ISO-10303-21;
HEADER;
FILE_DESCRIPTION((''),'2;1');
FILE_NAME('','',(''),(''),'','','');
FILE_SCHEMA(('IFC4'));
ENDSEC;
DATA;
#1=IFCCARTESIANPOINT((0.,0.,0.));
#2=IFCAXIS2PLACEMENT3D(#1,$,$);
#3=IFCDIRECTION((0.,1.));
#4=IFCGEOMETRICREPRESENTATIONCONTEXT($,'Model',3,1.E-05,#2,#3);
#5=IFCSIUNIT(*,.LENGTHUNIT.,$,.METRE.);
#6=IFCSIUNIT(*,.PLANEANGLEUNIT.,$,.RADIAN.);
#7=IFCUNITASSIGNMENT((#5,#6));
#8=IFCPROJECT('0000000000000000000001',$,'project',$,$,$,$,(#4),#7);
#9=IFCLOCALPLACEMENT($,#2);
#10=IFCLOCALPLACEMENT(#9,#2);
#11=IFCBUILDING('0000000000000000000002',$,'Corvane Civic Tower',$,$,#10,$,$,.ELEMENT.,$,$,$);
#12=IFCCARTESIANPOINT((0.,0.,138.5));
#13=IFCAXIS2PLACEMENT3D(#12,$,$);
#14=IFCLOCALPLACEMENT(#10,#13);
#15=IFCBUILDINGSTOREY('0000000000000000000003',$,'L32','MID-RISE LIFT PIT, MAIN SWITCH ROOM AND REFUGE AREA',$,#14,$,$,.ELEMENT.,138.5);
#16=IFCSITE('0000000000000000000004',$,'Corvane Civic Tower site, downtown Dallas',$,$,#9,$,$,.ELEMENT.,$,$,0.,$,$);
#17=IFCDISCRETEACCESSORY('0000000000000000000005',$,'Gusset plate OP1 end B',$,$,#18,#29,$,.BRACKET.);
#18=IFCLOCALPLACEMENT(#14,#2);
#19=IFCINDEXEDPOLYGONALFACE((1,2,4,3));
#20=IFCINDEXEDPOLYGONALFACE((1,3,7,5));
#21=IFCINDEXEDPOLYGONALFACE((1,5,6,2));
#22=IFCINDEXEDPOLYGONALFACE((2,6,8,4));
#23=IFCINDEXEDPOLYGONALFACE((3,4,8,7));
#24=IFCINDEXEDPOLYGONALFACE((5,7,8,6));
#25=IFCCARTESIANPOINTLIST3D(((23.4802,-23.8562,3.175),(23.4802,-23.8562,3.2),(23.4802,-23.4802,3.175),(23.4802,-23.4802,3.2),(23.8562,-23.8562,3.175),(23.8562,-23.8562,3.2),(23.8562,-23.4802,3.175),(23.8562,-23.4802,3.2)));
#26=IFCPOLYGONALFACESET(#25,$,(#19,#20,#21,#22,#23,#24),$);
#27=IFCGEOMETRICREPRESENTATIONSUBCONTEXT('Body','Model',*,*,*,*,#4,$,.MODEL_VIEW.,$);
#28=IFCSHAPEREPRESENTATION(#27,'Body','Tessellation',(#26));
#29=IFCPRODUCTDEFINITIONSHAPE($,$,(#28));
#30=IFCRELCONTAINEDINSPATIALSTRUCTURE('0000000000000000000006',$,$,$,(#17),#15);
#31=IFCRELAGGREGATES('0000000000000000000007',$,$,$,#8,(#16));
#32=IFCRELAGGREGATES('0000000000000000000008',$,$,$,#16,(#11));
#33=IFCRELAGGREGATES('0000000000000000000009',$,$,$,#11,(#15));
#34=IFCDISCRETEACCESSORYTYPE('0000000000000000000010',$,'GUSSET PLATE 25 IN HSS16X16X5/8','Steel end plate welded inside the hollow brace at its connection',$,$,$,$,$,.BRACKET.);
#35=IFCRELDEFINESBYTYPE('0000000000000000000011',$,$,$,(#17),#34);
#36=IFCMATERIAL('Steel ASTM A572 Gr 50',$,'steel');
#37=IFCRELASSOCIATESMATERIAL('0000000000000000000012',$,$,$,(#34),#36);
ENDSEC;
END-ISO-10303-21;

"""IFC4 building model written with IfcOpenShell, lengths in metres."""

from ifc_helpers import new_model, si_unit, direction, frame, origin, origin_2d, place, context, subcontext, project, spatial, rectangle, extrude, material, material_profile, profile_set, type_object, element, save


model = new_model("IFC4")

# Units and contexts
model_context = context("Model", 3, precision=1e-05, world=origin(), true_north=direction((0.0, 1.0)))
body_context = subcontext(model_context, "Body", "Model", "MODEL_VIEW")
ifc_project = project(units=[si_unit("LENGTHUNIT", "METRE"), si_unit("PLANEANGLEUNIT", "RADIAN")], contexts=[model_context])

# Site, building, storey
site_placement = place(None, origin())
site = spatial("IfcSite", under=ifc_project, at=site_placement, Name="Corvane Civic Tower site, downtown Dallas", CompositionType="ELEMENT", RefElevation=0.0)
building_placement = place(site_placement, origin())
building = spatial("IfcBuilding", under=site, at=building_placement, Name="Corvane Civic Tower", CompositionType="ELEMENT")
storey_placement = place(building_placement, frame((0.0, 0.0, 138.5)))
storey = spatial("IfcBuildingStorey", under=building, at=storey_placement, Name="L32", Description="MID-RISE LIFT PIT, MAIN SWITCH ROOM AND REFUGE AREA", CompositionType="ELEMENT", Elevation=138.5)

# Discrete accessory
ifc_material_1 = material(Name="Steel ASTM A572 Gr 50", Category="steel")
ifc_material_profile_1 = material_profile(ifc_material_1, rectangle(XDim=0.376, YDim=0.376, at=origin_2d()), Name="GUSSET PLATE 25 IN HSS16X16X5/8")
ifc_profile_set_1 = profile_set([ifc_material_profile_1], Name="Steel ASTM A572 Gr 50")
discrete_accessory_type_1 = type_object("IfcDiscreteAccessoryType", Name="GUSSET PLATE 25 IN HSS16X16X5/8", Description="Steel end plate welded inside the hollow brace at its connection", PredefinedType="BRACKET", material=ifc_profile_set_1)
discrete_accessory_1_placement = place(storey_placement, frame((23.6682, -23.6682, 3.2), z_axis=(0.0, 0.0, -1.0), x_axis=(1.0, 0.0, 0.0)))
element("IfcDiscreteAccessory", 1, at=discrete_accessory_1_placement, inside=storey, type_object=discrete_accessory_type_1, Name="Gusset plate OP1 end B", PredefinedType="BRACKET", context=body_context, shape_type="SweptSolid", body=[
    extrude(rectangle(XDim=0.376, YDim=0.376, at=origin_2d()), origin(), (0.0, 0.0, 1.0), 0.0249),
])

save(model, "model.ifc")
